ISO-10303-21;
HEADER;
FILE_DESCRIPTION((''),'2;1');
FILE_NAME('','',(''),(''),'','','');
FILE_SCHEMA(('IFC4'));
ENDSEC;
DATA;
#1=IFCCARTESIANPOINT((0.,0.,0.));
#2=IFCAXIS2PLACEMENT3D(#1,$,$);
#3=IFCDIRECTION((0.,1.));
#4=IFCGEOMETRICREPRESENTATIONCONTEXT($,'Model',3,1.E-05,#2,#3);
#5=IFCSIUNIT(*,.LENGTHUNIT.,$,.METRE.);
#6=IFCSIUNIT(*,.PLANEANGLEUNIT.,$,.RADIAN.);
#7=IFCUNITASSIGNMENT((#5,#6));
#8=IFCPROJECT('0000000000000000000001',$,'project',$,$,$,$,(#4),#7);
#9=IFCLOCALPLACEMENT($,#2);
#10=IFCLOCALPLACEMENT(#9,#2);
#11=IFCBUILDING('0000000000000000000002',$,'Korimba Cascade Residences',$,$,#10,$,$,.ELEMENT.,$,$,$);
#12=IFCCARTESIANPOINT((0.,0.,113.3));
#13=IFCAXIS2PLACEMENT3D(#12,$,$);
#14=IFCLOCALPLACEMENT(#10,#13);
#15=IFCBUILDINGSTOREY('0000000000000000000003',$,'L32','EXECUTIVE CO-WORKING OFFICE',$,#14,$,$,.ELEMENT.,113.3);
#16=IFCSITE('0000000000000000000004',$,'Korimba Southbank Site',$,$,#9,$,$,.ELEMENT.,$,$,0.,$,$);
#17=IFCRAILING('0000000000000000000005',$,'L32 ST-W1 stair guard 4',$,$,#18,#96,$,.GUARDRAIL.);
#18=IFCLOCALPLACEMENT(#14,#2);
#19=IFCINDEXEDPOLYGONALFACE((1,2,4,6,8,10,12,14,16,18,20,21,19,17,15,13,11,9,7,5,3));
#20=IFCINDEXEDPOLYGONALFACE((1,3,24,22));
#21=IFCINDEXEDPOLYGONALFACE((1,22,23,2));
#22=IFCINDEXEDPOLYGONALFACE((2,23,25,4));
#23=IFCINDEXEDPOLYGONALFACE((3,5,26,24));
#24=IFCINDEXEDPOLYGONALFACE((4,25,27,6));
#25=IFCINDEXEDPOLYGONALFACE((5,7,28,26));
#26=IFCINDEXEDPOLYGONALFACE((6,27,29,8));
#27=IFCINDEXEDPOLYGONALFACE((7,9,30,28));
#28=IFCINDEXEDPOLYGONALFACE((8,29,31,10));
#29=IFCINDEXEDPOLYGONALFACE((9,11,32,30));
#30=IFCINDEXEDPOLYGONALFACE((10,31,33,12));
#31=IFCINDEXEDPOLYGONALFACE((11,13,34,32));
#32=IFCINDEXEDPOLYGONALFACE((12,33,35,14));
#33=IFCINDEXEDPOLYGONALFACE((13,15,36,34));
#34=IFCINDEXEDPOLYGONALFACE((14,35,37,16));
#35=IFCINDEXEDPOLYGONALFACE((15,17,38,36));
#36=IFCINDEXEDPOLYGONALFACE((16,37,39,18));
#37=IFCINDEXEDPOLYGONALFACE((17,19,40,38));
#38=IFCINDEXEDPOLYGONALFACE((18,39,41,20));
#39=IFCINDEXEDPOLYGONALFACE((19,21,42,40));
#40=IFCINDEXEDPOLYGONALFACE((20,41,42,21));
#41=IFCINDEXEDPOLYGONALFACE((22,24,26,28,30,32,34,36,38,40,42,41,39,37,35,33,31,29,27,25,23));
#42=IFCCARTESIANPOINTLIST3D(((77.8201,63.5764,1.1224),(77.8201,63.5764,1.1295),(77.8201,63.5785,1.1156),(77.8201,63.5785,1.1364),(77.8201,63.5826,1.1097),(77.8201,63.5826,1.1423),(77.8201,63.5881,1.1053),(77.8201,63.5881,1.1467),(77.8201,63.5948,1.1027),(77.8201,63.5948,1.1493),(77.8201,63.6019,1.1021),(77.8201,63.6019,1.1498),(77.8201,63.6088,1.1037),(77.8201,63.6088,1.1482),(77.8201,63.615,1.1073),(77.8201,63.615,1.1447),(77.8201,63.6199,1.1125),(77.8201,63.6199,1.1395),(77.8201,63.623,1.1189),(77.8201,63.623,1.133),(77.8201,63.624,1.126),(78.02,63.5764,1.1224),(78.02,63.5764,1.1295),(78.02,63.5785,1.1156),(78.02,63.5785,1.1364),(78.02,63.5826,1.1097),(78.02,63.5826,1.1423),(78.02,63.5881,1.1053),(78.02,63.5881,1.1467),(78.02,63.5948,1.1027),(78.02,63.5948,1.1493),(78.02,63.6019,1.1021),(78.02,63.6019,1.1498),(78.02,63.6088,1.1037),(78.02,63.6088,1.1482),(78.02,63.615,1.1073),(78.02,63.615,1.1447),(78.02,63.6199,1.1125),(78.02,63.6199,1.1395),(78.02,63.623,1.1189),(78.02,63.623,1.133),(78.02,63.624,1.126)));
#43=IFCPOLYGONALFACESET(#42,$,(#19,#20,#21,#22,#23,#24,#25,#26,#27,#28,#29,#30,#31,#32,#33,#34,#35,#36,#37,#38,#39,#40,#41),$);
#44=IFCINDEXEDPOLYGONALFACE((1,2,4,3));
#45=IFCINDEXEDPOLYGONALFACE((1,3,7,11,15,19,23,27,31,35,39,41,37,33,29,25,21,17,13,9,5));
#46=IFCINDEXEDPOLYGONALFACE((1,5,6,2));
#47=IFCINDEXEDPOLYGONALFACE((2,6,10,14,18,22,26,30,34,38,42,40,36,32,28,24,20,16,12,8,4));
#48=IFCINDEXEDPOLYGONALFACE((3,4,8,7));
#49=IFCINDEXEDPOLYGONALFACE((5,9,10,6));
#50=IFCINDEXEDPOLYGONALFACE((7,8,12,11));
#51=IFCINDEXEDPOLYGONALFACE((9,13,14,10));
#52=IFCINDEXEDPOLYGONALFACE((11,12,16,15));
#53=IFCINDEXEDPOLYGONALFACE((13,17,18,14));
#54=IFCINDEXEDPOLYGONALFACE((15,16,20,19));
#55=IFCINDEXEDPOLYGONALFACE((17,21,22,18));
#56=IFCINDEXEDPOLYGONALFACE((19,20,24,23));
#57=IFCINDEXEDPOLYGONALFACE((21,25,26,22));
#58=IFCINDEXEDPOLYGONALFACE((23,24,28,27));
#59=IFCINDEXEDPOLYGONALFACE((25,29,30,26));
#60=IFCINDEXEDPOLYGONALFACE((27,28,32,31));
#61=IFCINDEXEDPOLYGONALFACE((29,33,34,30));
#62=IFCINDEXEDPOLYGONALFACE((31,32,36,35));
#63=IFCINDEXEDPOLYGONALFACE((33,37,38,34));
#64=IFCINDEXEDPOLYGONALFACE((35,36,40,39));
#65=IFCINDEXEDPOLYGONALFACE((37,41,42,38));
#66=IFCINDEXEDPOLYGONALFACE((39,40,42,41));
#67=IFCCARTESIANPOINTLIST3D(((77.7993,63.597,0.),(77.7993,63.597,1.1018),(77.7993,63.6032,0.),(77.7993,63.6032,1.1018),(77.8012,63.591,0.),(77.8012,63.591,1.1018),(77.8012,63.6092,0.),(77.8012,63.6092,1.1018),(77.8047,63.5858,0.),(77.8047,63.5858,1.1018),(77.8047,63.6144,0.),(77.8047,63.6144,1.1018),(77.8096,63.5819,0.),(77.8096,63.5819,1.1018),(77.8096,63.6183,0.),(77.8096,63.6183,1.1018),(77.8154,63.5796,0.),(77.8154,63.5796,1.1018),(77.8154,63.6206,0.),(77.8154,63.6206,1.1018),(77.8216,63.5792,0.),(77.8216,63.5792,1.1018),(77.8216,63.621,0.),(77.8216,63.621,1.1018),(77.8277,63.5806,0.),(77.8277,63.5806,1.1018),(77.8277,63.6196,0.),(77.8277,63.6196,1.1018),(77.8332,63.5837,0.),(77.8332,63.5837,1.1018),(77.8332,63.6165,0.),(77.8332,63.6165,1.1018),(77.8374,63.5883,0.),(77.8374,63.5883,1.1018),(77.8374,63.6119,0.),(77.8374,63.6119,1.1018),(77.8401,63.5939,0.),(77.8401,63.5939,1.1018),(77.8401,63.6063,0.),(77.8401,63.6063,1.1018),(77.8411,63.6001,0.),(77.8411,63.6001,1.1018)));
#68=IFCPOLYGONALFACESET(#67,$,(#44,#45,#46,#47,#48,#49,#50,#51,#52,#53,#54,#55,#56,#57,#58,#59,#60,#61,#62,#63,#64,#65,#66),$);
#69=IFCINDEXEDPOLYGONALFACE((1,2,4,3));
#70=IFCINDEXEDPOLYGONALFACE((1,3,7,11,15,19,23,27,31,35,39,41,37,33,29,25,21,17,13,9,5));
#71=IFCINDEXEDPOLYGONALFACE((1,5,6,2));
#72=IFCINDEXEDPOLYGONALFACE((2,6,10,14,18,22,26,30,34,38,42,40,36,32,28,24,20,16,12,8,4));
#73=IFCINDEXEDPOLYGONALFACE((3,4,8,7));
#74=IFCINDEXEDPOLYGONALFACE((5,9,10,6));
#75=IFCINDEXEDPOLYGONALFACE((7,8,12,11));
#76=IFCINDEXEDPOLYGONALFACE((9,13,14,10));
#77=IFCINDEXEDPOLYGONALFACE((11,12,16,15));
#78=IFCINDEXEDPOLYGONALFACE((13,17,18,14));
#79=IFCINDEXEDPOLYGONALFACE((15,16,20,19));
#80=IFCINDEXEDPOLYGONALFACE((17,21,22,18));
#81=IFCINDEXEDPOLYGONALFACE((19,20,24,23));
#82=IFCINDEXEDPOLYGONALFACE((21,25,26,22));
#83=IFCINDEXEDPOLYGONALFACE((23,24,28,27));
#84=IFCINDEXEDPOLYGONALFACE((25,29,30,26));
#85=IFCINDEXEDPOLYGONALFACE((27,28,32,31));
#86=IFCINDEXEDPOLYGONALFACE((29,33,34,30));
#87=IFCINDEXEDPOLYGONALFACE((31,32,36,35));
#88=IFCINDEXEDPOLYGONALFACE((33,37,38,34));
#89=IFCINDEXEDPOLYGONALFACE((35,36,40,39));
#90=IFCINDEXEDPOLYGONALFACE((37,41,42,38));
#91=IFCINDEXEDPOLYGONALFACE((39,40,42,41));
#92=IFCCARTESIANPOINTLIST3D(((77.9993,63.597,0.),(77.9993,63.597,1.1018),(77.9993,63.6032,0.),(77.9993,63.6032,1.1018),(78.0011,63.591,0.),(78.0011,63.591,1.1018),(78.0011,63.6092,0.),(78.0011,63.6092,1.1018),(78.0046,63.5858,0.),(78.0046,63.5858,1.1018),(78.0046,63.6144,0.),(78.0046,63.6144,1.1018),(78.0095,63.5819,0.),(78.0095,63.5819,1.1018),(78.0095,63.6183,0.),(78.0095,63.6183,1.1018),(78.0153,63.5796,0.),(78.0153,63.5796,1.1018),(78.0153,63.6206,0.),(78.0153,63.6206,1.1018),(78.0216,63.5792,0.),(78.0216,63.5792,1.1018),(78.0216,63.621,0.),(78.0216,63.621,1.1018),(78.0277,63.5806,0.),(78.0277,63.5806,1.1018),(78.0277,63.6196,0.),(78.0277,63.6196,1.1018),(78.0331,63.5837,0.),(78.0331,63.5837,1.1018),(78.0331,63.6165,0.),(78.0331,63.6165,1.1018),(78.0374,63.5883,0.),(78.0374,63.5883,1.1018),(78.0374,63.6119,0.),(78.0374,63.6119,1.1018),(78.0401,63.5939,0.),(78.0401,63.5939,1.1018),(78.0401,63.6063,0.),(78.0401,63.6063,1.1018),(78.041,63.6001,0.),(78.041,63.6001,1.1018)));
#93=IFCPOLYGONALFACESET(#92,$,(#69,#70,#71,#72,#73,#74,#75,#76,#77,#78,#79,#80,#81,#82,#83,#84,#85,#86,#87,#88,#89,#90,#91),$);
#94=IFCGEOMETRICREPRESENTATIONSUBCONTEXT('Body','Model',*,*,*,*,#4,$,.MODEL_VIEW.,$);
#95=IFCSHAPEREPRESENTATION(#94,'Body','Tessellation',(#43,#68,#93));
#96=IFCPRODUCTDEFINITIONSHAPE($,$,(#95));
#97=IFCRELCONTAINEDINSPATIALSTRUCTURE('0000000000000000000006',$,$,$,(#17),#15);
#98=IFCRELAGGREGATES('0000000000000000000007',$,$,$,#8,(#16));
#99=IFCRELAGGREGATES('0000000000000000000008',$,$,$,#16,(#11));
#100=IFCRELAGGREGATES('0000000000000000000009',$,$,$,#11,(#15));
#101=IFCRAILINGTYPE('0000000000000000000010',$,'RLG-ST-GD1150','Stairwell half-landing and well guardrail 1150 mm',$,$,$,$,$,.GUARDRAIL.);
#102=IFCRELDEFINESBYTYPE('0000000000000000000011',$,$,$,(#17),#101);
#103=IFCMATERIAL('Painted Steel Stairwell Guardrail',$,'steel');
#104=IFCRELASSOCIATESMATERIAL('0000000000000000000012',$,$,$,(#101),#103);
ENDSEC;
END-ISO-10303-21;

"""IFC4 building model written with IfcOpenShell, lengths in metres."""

from ifc_helpers import new_model, si_unit, direction, frame, origin, origin_2d, place, context, subcontext, project, spatial, circle, extrude, material, type_object, element, save


model = new_model("IFC4")

# Units and contexts
model_context = context("Model", 3, precision=1e-05, world=origin(), true_north=direction((0.0, 1.0)))
body_context = subcontext(model_context, "Body", "Model", "MODEL_VIEW")
ifc_project = project(units=[si_unit("LENGTHUNIT", "METRE"), si_unit("PLANEANGLEUNIT", "RADIAN")], contexts=[model_context])

# Site, building, storey
site_placement = place(None, origin())
site = spatial("IfcSite", under=ifc_project, at=site_placement, Name="Korimba Southbank Site", CompositionType="ELEMENT", RefElevation=0.0)
building_placement = place(site_placement, origin())
building = spatial("IfcBuilding", under=site, at=building_placement, Name="Korimba Cascade Residences", CompositionType="ELEMENT")
storey_placement = place(building_placement, frame((0.0, 0.0, 113.3)))
storey = spatial("IfcBuildingStorey", under=building, at=storey_placement, Name="L32", Description="EXECUTIVE CO-WORKING OFFICE", CompositionType="ELEMENT", Elevation=113.3)

# Railing
ifc_material_1 = material(Name="Painted Steel Stairwell Guardrail", Category="steel")
railing_type_1 = type_object("IfcRailingType", Name="RLG-ST-GD1150", Description="Stairwell half-landing and well guardrail 1150 mm", PredefinedType="GUARDRAIL", material=ifc_material_1)
railing_1_placement = place(storey_placement, frame((77.8201, 63.6001, 0.0)))
element("IfcRailing", 1, at=railing_1_placement, inside=storey, type_object=railing_type_1, Name="L32 ST-W1 stair guard 4", PredefinedType="GUARDRAIL", context=body_context, shape_type="SweptSolid", body=[
    extrude(circle(Radius=0.0239, at=origin_2d()), frame((0.0, 0.0, 1.126), z_axis=(1.0, 0.0, 0.0), x_axis=(0.0, 1.0, 0.0)), (0.0, 0.0, 1.0), 0.2),
    extrude(circle(Radius=0.021, at=origin_2d()), origin(), (0.0, 0.0, 1.0), 1.1018),
    extrude(circle(Radius=0.021, at=origin_2d()), frame((0.2, 0.0, 0.0)), (0.0, 0.0, 1.0), 1.1018),
])

save(model, "model.ifc")
